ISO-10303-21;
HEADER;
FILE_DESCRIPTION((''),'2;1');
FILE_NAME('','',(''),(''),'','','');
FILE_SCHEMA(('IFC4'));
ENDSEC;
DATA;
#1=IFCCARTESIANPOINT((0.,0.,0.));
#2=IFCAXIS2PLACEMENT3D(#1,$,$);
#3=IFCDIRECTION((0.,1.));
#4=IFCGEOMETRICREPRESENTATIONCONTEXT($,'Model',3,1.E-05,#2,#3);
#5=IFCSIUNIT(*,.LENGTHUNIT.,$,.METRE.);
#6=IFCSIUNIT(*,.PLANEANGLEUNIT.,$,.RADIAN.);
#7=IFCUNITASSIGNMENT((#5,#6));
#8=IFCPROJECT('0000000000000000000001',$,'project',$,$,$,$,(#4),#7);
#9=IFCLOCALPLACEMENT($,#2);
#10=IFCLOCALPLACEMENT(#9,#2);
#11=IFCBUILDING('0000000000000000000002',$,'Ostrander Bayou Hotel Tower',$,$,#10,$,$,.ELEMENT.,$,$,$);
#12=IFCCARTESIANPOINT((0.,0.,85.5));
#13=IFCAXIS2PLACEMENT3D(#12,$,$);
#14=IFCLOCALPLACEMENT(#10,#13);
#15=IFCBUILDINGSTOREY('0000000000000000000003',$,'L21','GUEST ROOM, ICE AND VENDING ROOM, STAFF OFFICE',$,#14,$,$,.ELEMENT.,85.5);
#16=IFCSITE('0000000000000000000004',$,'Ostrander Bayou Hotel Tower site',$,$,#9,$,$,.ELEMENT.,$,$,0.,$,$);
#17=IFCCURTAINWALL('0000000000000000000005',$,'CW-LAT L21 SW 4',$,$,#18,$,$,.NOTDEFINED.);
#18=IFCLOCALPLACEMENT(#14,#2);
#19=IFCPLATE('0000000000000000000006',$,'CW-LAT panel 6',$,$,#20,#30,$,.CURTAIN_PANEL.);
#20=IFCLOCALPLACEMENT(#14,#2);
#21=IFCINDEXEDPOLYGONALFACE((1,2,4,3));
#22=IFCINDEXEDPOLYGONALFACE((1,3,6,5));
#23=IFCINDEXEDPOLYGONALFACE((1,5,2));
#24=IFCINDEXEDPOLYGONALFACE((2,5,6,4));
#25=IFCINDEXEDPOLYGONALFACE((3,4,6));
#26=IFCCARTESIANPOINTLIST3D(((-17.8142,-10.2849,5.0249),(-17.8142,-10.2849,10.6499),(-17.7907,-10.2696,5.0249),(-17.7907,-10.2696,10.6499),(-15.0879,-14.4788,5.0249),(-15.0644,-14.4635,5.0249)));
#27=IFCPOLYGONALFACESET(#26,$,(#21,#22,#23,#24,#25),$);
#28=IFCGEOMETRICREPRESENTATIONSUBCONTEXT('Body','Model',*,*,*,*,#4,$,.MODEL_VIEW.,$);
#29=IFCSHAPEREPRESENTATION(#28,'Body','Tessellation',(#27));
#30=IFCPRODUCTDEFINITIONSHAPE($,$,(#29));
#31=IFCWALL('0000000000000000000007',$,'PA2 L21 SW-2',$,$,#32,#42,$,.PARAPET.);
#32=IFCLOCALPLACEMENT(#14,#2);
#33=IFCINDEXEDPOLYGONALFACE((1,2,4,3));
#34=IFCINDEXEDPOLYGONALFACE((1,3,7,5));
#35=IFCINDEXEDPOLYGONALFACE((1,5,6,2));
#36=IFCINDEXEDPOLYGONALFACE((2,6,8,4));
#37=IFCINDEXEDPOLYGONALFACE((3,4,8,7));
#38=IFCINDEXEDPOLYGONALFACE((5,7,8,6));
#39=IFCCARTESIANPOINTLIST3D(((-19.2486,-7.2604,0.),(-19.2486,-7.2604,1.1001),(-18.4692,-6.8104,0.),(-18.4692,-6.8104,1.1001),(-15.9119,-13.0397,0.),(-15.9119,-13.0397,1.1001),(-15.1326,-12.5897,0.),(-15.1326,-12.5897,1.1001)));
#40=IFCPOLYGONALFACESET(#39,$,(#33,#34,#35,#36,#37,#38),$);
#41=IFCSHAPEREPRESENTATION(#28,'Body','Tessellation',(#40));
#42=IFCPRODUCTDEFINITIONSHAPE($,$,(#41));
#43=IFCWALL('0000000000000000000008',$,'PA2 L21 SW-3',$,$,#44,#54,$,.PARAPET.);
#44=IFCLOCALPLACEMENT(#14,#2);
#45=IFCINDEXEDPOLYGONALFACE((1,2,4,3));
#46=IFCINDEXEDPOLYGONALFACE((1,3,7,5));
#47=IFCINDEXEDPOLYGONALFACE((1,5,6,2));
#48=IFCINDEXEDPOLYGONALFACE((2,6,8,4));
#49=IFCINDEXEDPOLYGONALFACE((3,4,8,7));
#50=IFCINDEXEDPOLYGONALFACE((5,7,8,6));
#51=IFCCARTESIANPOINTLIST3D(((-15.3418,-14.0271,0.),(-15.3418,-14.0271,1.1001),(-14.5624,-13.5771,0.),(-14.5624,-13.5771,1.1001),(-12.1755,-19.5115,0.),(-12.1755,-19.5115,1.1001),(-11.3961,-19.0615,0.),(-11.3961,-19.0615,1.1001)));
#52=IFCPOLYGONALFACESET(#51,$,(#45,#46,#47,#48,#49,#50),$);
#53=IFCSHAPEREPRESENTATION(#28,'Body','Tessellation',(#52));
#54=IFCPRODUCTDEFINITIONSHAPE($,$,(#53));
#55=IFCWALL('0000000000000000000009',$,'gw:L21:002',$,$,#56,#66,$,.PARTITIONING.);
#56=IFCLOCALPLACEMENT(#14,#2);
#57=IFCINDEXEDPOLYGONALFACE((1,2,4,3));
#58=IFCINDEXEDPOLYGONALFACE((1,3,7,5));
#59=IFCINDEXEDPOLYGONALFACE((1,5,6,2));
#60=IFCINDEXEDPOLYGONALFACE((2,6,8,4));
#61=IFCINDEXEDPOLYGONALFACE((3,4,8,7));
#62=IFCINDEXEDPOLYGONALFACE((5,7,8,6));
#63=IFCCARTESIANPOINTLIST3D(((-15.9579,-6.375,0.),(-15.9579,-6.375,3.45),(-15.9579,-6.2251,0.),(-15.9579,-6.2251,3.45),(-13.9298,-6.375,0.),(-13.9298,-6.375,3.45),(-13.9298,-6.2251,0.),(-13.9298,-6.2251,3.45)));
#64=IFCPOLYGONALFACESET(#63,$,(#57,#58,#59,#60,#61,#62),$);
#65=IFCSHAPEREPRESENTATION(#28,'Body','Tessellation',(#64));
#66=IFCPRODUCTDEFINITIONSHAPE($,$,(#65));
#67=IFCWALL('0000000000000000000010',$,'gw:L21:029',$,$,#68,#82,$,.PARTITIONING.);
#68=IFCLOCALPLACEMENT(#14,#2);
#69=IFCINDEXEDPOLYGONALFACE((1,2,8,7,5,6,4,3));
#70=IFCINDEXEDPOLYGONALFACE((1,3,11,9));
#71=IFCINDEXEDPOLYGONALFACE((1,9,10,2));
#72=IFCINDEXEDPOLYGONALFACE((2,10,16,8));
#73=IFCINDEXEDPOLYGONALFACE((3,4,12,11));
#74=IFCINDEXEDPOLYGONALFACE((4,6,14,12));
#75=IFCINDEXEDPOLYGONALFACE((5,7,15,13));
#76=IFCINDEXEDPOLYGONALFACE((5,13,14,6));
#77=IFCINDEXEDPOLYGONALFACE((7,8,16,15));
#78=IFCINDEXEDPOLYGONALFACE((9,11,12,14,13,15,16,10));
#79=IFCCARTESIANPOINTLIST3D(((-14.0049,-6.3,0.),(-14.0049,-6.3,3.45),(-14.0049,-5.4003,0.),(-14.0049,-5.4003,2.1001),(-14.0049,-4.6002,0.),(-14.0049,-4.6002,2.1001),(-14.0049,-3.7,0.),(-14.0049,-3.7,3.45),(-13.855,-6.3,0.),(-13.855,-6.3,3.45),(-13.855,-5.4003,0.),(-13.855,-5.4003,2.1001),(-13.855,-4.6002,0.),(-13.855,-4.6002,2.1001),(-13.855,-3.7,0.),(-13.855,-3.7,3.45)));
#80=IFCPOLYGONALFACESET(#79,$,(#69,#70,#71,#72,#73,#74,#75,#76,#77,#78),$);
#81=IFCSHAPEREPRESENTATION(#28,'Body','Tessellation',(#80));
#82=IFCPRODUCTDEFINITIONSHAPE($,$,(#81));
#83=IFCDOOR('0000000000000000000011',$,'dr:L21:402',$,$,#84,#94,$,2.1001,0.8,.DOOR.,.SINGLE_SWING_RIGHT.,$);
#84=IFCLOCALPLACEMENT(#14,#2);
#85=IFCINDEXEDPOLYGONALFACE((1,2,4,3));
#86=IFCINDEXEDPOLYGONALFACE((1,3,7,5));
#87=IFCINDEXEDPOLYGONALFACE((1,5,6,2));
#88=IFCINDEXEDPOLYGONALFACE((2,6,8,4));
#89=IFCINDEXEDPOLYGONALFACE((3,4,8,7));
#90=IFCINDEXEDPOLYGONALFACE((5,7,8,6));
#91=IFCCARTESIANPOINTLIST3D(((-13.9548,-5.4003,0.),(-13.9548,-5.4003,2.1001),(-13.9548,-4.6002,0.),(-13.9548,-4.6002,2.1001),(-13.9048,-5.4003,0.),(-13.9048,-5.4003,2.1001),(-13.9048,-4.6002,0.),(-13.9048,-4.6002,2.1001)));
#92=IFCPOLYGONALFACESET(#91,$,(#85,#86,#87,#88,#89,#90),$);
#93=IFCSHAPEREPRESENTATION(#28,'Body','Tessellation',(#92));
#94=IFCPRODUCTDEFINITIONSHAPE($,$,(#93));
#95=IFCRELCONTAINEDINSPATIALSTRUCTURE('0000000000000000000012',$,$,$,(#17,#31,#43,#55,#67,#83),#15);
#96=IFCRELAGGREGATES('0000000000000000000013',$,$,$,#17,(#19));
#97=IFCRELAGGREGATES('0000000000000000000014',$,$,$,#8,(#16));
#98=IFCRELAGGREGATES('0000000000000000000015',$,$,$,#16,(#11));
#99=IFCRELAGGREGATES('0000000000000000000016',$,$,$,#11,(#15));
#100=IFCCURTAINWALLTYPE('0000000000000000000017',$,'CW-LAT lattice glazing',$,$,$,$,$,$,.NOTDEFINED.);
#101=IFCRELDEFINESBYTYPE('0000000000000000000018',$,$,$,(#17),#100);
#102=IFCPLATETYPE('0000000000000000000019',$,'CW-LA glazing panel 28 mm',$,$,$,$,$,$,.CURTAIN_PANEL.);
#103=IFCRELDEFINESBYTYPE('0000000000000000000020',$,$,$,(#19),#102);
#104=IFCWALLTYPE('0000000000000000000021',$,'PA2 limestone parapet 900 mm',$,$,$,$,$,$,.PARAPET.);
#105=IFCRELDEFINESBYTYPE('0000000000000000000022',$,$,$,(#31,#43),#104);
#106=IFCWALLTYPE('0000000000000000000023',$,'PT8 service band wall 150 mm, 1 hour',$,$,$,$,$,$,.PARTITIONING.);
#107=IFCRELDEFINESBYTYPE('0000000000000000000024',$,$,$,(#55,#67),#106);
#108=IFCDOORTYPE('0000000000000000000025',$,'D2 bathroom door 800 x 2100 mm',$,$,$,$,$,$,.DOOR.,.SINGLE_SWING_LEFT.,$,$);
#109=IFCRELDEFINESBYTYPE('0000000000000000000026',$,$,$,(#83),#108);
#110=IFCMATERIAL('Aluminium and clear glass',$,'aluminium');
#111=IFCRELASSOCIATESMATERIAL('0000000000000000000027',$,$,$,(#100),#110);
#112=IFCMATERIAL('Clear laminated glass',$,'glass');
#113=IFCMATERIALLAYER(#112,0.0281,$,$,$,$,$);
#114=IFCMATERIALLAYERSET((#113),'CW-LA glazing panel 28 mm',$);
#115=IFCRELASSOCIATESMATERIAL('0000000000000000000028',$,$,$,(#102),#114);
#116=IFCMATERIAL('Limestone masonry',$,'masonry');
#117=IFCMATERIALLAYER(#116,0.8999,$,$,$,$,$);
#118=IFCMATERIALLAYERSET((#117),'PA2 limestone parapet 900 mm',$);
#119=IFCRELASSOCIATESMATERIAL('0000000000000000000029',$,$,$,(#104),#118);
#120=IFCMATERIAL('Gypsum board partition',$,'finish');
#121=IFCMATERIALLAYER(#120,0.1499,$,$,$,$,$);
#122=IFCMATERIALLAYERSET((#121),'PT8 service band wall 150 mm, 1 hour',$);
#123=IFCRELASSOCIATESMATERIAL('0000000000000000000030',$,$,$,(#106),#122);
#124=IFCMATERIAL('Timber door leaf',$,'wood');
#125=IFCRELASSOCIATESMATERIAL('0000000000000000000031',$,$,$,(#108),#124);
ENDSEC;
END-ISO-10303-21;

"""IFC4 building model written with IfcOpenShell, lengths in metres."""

from ifc_helpers import new_model, si_unit, direction, frame, frame_2d, origin, place, context, subcontext, project, spatial, polyline, rectangle, outline, extrude, material, layer, layer_set, type_object, element, fill, aggregate, save


model = new_model("IFC4")

# Units and contexts
model_context = context("Model", 3, precision=1e-05, world=origin(), true_north=direction((0.0, 1.0)))
body_context = subcontext(model_context, "Body", "Model", "MODEL_VIEW")
ifc_project = project(units=[si_unit("LENGTHUNIT", "METRE"), si_unit("PLANEANGLEUNIT", "RADIAN")], contexts=[model_context])

# Site, building, storey
site_placement = place(None, origin())
site = spatial("IfcSite", under=ifc_project, at=site_placement, Name="Ostrander Bayou Hotel Tower site", CompositionType="ELEMENT", RefElevation=0.0)
building_placement = place(site_placement, origin())
building = spatial("IfcBuilding", under=site, at=building_placement, Name="Ostrander Bayou Hotel Tower", CompositionType="ELEMENT")
storey_placement = place(building_placement, frame((0.0, 0.0, 85.5)))
storey = spatial("IfcBuildingStorey", under=building, at=storey_placement, Name="L21", Description="GUEST ROOM, ICE AND VENDING ROOM, STAFF OFFICE", CompositionType="ELEMENT", Elevation=85.5)

# Shared definitions
ifc_material_1 = material(Name="Aluminium and clear glass", Category="aluminium")
curtain_wall_type = type_object("IfcCurtainWallType", Name="CW-LAT lattice glazing", PredefinedType="NOTDEFINED", material=ifc_material_1)

# Curtain wall, plate
ifc_material_2 = material(Name="Clear laminated glass", Category="glass")
ifc_layer_1 = layer(ifc_material_2, 0.0281)
ifc_layer_set_1 = layer_set([ifc_layer_1], Name="CW-LA glazing panel 28 mm")
plate_type = type_object("IfcPlateType", Name="CW-LA glazing panel 28 mm", PredefinedType="CURTAIN_PANEL", material=ifc_layer_set_1)
curtain_wall_1_placement = place(storey_placement, origin())
curtain_wall_1 = element("IfcCurtainWall", 1, at=curtain_wall_1_placement, inside=storey, type_object=curtain_wall_type, Name="CW-LAT L21 SW 4", PredefinedType="NOTDEFINED")
plate_1_placement = place(storey_placement, frame((-15.0879, -14.4788, 5.0249), z_axis=(-0.838415, -0.545033, 0.0), x_axis=(-0.362186, 0.557144, 0.74727)))
plate_1 = element("IfcPlate", 2, at=plate_1_placement, type_object=plate_type, Name="CW-LAT panel 6", PredefinedType="CURTAIN_PANEL", context=body_context, shape_type="SweptSolid", body=[
    extrude(outline(polyline([(0.0, 0.0), (7.5274, 0.0), (3.324, 3.7379), (0.0, 0.0)])), origin(), (0.0, 0.0, -1.0), 0.0281),
])
aggregate(curtain_wall_1, [plate_1])

# Walls
ifc_material_3 = material(Name="Limestone masonry", Category="masonry")
ifc_layer_2 = layer(ifc_material_3, 0.8999)
ifc_layer_set_2 = layer_set([ifc_layer_2], Name="PA2 limestone parapet 900 mm")
wall_type_1 = type_object("IfcWallType", Name="PA2 limestone parapet 900 mm", PredefinedType="PARAPET", material=ifc_layer_set_2)
wall_1_placement = place(storey_placement, frame((-18.8589, -7.0354, 0.0), z_axis=(0.0, 0.0, 1.0), x_axis=(0.499999, -0.866026, 0.0)))
element("IfcWall", 3, at=wall_1_placement, inside=storey, type_object=wall_type_1, Name="PA2 L21 SW-2", PredefinedType="PARAPET", context=body_context, shape_type="SweptSolid", body=[
    extrude(rectangle(XDim=6.6733, YDim=0.8999, at=frame_2d((3.3367, 0.0))), origin(), (0.0, 0.0, 1.0), 1.1001),
])
wall_2_placement = place(storey_placement, frame((-14.9521, -13.802, 0.0), z_axis=(0.0, 0.0, 1.0), x_axis=(0.499983, -0.866035, 0.0)))
element("IfcWall", 4, at=wall_2_placement, inside=storey, type_object=wall_type_1, Name="PA2 L21 SW-3", PredefinedType="PARAPET", context=body_context, shape_type="SweptSolid", body=[
    extrude(rectangle(XDim=6.3328, YDim=0.8999, at=frame_2d((3.1665, 0.0))), origin(), (0.0, 0.0, 1.0), 1.1001),
])
ifc_material_4 = material(Name="Gypsum board partition", Category="finish")
ifc_layer_3 = layer(ifc_material_4, 0.1499)
ifc_layer_set_3 = layer_set([ifc_layer_3], Name="PT8 service band wall 150 mm, 1 hour")
wall_type_2 = type_object("IfcWallType", Name="PT8 service band wall 150 mm, 1 hour", PredefinedType="PARTITIONING", material=ifc_layer_set_3)
wall_3_placement = place(storey_placement, frame((-15.958, -6.3, 0.0), z_axis=(0.0, 0.0, 1.0), x_axis=(1.0, 0.0, 0.0)))
element("IfcWall", 5, at=wall_3_placement, inside=storey, type_object=wall_type_2, Name="gw:L21:002", PredefinedType="PARTITIONING", context=body_context, shape_type="SweptSolid", body=[
    extrude(rectangle(XDim=2.0281, YDim=0.1499, at=frame_2d((1.0142, 0.0))), origin(), (0.0, 0.0, 1.0), 3.45),
])

# Wall, opening, door
wall_4_placement = place(storey_placement, frame((-13.9299, -6.3, 0.0), z_axis=(0.0, 0.0, 1.0), x_axis=(0.0, 1.0, 0.0)))
wall_4 = element("IfcWall", 6, at=wall_4_placement, inside=storey, type_object=wall_type_2, Name="gw:L21:029", PredefinedType="PARTITIONING", context=body_context, shape_type="SweptSolid", body=[
    extrude(rectangle(XDim=2.6001, YDim=0.1499, at=frame_2d((1.3, 0.0))), origin(), (0.0, 0.0, 1.0), 3.45),
])
opening_placement = place(wall_4_placement, frame((0.8999, 0.0, 0.0)))
opening = element("IfcOpeningElement", 7, at=opening_placement, cuts=wall_4, PredefinedType="OPENING", context=body_context, shape_type="SweptSolid", body=[
    extrude(rectangle(XDim=0.8, YDim=2.1001, at=frame_2d((0.3999, 1.05))), frame((0.0, 0.075, 0.0), z_axis=(0.0, -1.0, 0.0), x_axis=(1.0, 0.0, 0.0)), (0.0, 0.0, 1.0), 0.1499),
])
ifc_material_5 = material(Name="Timber door leaf", Category="wood")
door_type = type_object("IfcDoorType", Name="D2 bathroom door 800 x 2100 mm", OperationType="SINGLE_SWING_LEFT", PredefinedType="DOOR", material=ifc_material_5)
door_placement = place(opening_placement, origin())
door = element("IfcDoor", 8, at=door_placement, inside=storey, type_object=door_type, Name="dr:L21:402", OperationType="SINGLE_SWING_RIGHT", OverallHeight=2.1001, OverallWidth=0.8, PredefinedType="DOOR", context=body_context, shape_type="SweptSolid", body=[
    extrude(rectangle(XDim=0.8, YDim=2.1001, at=frame_2d((0.3999, 1.05))), frame((0.0, 0.0249, 0.0), z_axis=(0.0, -1.0, 0.0), x_axis=(1.0, 0.0, 0.0)), (0.0, 0.0, 1.0), 0.05),
])
fill(opening, door)

save(model, "model.ifc")
